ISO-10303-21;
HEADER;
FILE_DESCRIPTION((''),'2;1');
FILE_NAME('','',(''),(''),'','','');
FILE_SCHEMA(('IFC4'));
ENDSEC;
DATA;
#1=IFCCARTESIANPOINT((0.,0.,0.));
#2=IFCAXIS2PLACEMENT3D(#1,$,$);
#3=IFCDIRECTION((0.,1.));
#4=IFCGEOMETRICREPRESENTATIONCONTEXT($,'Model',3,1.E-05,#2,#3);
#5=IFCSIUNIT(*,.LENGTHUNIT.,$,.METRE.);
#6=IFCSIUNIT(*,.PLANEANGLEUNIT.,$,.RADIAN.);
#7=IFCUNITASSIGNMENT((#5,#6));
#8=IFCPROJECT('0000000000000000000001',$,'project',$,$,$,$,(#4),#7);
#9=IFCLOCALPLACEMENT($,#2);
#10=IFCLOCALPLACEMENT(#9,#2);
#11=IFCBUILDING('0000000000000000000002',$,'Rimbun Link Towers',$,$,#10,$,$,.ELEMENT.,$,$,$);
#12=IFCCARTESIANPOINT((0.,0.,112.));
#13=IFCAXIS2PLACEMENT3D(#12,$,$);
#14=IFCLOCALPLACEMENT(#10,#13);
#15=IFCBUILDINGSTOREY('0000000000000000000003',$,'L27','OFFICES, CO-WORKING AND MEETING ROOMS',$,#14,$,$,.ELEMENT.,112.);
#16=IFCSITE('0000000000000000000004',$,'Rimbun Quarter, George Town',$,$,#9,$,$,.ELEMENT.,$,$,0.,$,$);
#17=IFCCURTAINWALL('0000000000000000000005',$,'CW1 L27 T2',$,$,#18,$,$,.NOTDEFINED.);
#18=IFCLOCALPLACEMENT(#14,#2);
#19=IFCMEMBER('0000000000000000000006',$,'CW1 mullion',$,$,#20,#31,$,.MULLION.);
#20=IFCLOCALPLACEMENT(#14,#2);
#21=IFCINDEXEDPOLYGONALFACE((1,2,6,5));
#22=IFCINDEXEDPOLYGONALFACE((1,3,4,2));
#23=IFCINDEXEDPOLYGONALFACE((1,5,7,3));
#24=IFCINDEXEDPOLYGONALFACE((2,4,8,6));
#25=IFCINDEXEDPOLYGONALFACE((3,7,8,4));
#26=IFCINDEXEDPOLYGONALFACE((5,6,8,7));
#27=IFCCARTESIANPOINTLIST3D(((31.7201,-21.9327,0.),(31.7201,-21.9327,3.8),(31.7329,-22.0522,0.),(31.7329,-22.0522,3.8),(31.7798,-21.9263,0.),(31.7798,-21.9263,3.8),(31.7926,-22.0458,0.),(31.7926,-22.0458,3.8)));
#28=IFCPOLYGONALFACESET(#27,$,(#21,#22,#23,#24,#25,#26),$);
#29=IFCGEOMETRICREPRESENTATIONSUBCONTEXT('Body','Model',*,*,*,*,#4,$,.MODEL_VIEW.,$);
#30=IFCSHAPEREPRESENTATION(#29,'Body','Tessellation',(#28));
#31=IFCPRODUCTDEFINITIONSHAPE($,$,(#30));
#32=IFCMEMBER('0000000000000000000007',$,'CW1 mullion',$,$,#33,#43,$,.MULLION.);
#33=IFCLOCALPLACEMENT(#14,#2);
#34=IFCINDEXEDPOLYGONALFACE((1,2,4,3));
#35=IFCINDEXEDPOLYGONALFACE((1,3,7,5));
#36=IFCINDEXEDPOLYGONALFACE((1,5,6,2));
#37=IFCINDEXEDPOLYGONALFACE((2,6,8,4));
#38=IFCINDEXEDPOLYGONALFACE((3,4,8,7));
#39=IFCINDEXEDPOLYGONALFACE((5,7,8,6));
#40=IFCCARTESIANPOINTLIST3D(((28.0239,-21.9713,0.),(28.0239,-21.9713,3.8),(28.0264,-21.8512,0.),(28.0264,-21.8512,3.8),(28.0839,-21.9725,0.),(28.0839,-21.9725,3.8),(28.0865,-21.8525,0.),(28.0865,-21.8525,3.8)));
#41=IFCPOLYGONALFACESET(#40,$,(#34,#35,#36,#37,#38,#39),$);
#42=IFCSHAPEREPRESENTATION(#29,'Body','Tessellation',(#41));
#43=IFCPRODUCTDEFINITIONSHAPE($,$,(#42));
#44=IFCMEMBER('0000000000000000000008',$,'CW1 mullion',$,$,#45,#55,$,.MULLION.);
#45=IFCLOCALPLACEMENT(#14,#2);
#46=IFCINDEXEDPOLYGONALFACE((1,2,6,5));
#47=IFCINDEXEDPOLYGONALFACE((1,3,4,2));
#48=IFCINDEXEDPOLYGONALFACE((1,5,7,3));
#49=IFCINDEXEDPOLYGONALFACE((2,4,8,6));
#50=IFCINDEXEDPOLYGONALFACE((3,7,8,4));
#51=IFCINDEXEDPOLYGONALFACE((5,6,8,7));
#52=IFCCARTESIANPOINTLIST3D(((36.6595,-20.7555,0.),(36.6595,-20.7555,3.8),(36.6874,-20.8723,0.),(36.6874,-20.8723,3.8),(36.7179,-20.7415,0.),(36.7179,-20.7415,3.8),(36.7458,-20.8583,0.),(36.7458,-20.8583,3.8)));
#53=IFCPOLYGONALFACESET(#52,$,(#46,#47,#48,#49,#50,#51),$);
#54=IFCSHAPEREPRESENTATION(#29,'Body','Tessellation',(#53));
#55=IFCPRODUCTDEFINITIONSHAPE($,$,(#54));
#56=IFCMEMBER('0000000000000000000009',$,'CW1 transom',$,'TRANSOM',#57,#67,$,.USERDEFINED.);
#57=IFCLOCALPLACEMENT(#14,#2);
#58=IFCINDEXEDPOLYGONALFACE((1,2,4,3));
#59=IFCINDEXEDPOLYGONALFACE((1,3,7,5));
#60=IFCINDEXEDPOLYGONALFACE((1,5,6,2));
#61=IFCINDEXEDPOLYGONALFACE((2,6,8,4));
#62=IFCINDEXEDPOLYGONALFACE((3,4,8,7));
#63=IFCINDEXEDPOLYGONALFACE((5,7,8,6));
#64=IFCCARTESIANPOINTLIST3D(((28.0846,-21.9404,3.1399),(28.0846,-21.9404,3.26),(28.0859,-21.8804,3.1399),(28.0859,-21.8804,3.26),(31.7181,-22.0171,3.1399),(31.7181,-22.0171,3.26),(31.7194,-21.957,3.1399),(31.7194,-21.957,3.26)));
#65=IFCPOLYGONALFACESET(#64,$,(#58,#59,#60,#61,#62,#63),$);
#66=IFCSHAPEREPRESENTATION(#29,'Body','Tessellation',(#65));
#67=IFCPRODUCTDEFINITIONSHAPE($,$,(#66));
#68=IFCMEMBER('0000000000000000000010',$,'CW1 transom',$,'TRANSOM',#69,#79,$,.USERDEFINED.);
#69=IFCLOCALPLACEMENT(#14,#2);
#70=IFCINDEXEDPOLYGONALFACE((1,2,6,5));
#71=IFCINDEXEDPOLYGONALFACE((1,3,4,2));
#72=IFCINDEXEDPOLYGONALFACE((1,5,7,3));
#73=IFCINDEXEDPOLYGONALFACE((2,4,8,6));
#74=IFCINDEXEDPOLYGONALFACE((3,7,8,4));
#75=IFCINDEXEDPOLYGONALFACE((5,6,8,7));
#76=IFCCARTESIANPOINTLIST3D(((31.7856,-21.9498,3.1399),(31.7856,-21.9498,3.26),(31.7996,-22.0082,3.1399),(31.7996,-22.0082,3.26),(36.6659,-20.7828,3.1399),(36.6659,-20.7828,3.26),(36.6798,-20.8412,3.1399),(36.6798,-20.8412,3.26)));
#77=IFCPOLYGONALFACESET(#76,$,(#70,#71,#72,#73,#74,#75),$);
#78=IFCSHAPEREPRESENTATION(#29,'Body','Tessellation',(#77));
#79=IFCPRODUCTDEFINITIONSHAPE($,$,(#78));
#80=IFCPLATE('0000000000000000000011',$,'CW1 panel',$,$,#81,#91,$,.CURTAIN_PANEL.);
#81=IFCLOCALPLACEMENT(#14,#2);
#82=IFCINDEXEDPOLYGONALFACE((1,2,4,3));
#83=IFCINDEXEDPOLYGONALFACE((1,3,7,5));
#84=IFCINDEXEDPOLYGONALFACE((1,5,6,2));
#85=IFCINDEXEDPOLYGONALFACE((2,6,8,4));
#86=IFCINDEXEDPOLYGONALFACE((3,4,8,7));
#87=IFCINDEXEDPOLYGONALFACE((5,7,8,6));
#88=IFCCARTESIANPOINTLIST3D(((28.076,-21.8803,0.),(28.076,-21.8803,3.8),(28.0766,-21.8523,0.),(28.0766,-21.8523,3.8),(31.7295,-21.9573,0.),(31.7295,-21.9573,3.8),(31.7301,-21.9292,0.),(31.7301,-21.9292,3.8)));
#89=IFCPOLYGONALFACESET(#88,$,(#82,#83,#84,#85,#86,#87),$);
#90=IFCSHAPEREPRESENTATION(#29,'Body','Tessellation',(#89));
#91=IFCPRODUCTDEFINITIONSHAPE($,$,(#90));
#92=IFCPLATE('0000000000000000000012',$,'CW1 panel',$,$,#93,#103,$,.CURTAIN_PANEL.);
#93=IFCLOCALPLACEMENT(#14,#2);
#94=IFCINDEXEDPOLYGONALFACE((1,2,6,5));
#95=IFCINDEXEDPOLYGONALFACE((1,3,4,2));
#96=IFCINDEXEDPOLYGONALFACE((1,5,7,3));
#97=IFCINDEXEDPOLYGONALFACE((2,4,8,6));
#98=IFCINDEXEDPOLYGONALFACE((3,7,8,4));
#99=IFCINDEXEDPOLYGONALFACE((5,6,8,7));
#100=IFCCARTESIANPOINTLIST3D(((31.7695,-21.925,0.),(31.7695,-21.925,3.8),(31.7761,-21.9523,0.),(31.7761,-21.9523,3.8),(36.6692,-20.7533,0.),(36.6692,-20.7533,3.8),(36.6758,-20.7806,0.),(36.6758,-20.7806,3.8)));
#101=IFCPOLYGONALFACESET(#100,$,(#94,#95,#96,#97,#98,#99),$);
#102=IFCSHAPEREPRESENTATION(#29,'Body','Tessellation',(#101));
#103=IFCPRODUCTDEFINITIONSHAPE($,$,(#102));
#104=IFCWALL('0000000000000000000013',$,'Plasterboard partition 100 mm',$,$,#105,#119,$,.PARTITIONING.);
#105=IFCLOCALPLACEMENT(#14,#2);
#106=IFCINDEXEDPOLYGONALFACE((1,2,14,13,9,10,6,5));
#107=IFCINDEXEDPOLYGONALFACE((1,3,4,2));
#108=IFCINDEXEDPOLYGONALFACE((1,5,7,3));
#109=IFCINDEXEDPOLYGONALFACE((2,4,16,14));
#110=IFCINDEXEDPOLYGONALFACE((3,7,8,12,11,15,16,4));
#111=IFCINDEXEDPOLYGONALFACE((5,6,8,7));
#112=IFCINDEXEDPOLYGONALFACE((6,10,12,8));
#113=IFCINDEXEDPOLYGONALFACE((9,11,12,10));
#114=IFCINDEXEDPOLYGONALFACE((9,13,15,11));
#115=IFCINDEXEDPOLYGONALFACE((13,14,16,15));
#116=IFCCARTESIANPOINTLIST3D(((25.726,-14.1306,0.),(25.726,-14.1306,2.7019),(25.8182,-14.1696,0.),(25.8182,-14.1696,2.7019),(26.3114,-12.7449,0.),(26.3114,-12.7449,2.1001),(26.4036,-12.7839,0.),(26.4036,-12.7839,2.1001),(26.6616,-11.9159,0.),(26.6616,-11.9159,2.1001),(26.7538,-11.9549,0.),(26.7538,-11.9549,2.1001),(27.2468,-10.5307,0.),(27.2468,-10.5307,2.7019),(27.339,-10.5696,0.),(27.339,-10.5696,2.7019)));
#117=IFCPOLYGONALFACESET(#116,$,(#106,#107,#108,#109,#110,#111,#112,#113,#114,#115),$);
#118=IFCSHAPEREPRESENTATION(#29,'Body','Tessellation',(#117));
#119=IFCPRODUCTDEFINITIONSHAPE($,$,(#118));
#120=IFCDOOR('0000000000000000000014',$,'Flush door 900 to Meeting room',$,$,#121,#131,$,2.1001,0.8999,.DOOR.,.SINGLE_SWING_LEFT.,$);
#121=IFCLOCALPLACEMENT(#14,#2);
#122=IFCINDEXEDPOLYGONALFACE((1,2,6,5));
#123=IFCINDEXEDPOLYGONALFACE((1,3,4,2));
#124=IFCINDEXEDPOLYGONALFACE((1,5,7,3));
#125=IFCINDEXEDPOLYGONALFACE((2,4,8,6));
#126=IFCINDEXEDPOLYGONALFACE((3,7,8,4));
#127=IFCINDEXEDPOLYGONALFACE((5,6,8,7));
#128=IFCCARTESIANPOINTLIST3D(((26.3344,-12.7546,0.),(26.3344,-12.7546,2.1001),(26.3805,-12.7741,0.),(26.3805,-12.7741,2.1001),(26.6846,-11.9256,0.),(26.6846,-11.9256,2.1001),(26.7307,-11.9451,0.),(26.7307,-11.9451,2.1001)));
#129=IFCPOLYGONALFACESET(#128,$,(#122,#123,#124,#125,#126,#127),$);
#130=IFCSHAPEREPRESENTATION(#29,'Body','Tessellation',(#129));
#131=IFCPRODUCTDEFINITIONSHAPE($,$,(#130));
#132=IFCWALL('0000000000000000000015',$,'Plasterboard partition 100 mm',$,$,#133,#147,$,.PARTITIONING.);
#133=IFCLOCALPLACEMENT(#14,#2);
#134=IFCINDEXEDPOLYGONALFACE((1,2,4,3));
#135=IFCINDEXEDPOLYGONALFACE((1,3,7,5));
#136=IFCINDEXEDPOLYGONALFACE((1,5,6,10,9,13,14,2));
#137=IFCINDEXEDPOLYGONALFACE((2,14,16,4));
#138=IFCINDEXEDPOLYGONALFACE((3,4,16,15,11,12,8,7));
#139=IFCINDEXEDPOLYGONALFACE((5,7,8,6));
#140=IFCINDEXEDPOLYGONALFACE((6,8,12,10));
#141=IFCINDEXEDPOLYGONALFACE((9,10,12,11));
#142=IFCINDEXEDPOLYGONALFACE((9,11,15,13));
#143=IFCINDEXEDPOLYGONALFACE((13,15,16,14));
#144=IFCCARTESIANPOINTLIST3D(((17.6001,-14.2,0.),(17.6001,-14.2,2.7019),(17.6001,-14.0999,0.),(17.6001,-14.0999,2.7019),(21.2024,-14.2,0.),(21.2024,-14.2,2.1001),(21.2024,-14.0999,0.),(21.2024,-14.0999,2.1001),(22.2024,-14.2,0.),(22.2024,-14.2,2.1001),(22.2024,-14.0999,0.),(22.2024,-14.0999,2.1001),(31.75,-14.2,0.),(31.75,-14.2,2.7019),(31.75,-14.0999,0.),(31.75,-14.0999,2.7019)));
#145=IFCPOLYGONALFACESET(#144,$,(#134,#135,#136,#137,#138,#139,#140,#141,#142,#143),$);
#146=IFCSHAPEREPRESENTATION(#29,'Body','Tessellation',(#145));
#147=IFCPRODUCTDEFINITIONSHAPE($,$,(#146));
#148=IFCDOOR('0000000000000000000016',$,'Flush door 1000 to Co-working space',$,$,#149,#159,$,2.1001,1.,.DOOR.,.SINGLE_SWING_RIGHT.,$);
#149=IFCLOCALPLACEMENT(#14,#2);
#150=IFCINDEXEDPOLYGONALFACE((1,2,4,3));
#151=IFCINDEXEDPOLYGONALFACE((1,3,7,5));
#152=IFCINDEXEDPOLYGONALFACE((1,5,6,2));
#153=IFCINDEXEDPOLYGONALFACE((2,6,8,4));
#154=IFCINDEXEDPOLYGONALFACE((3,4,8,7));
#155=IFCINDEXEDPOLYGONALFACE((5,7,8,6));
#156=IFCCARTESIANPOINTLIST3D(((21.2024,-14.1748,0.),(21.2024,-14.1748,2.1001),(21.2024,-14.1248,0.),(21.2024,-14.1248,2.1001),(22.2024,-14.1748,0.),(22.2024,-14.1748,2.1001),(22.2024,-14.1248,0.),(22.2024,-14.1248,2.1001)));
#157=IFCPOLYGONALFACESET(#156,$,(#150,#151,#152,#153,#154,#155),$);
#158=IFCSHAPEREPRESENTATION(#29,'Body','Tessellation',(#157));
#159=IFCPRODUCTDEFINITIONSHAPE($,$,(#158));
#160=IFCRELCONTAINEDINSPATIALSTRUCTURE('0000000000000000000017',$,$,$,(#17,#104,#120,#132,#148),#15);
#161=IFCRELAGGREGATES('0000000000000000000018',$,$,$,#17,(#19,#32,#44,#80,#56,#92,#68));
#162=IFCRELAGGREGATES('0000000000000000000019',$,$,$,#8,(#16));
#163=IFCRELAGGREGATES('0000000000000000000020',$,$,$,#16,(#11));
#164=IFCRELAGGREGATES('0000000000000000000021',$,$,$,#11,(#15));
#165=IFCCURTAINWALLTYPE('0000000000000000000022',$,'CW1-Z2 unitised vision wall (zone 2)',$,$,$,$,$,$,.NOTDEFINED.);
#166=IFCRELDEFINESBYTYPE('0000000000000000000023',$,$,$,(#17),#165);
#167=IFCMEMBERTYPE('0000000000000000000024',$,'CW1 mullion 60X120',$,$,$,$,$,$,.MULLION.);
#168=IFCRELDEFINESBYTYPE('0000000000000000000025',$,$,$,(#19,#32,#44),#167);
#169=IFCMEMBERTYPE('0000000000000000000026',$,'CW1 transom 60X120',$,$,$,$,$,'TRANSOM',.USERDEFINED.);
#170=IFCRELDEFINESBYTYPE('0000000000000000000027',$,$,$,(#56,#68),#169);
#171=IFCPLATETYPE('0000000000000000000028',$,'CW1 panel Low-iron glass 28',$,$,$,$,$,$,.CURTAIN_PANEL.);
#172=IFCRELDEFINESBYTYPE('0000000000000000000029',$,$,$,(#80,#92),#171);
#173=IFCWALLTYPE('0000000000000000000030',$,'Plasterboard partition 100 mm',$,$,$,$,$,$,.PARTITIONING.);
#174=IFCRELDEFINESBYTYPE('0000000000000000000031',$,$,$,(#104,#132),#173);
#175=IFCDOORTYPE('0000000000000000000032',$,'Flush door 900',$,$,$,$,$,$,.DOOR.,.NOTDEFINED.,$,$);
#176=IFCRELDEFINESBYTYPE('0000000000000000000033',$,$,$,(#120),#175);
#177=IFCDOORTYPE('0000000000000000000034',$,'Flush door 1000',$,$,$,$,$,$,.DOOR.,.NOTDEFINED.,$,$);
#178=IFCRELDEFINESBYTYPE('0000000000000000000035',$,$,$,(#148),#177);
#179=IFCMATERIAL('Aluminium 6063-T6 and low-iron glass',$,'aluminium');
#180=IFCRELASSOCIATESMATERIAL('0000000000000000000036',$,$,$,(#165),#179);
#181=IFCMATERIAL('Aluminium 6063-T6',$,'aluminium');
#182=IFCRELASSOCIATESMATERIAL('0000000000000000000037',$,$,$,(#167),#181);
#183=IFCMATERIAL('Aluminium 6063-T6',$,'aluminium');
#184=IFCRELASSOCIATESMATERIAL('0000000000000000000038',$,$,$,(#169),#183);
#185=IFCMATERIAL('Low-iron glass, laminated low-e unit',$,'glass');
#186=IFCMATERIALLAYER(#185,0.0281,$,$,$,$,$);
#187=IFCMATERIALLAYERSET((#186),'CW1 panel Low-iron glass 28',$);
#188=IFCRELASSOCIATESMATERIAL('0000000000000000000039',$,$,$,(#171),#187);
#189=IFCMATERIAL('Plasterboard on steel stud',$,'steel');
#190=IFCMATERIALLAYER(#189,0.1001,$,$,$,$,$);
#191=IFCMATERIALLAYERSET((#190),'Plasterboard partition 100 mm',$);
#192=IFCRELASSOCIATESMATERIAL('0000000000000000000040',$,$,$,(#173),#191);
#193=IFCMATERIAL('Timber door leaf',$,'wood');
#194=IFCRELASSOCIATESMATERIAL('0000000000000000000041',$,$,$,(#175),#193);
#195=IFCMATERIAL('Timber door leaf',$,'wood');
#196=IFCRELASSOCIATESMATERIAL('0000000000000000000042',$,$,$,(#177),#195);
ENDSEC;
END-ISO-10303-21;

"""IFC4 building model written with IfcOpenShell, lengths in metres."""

from ifc_helpers import new_model, si_unit, direction, frame, frame_2d, origin, origin_2d, place, context, subcontext, project, spatial, rectangle, extrude, material, layer, layer_set, material_profile, profile_set, type_object, element, fill, aggregate, save


model = new_model("IFC4")

# Units and contexts
model_context = context("Model", 3, precision=1e-05, world=origin(), true_north=direction((0.0, 1.0)))
body_context = subcontext(model_context, "Body", "Model", "MODEL_VIEW")
ifc_project = project(units=[si_unit("LENGTHUNIT", "METRE"), si_unit("PLANEANGLEUNIT", "RADIAN")], contexts=[model_context])

# Site, building, storey
site_placement = place(None, origin())
site = spatial("IfcSite", under=ifc_project, at=site_placement, Name="Rimbun Quarter, George Town", CompositionType="ELEMENT", RefElevation=0.0)
building_placement = place(site_placement, origin())
building = spatial("IfcBuilding", under=site, at=building_placement, Name="Rimbun Link Towers", CompositionType="ELEMENT")
storey_placement = place(building_placement, frame((0.0, 0.0, 112.0)))
storey = spatial("IfcBuildingStorey", under=building, at=storey_placement, Name="L27", Description="OFFICES, CO-WORKING AND MEETING ROOMS", CompositionType="ELEMENT", Elevation=112.0)

# Curtain wall, members, plates
ifc_material_1 = material(Name="Aluminium 6063-T6 and low-iron glass", Category="aluminium")
curtain_wall_type = type_object("IfcCurtainWallType", Name="CW1-Z2 unitised vision wall (zone 2)", PredefinedType="NOTDEFINED", material=ifc_material_1)
curtain_wall_placement = place(storey_placement, origin())
curtain_wall = element("IfcCurtainWall", 1, at=curtain_wall_placement, inside=storey, type_object=curtain_wall_type, Name="CW1 L27 T2", PredefinedType="NOTDEFINED")
ifc_material_2 = material(Name="Aluminium 6063-T6", Category="aluminium")
ifc_material_profile_1 = material_profile(ifc_material_2, rectangle(XDim=0.1201, YDim=0.0601, at=origin_2d()), Name="MULLION 60X120")
ifc_profile_set_1 = profile_set([ifc_material_profile_1], Name="Aluminium 6063-T6")
member_type_1 = type_object("IfcMemberType", Name="CW1 mullion 60X120", PredefinedType="MULLION", material=ifc_profile_set_1)
member_1_placement = place(storey_placement, frame((31.7563, -21.9893, 0.0), z_axis=(0.0, 0.0, 1.0), x_axis=(0.106632, -0.994299, 0.0)))
member_1 = element("IfcMember", 2, at=member_1_placement, type_object=member_type_1, Name="CW1 mullion", PredefinedType="MULLION", context=body_context, shape_type="SweptSolid", body=[
    extrude(rectangle(XDim=0.1201, YDim=0.0601, at=origin_2d()), origin(), (0.0, 0.0, 1.0), 3.8),
])
member_2_placement = place(storey_placement, frame((28.0552, -21.9119, 0.0), z_axis=(0.0, 0.0, 1.0), x_axis=(-0.021063, -0.999778, 0.0)))
member_2 = element("IfcMember", 3, at=member_2_placement, type_object=member_type_1, Name="CW1 mullion", PredefinedType="MULLION", context=body_context, shape_type="SweptSolid", body=[
    extrude(rectangle(XDim=0.1201, YDim=0.0601, at=origin_2d()), origin(), (0.0, 0.0, 1.0), 3.8),
])
member_3_placement = place(storey_placement, frame((36.7026, -20.8069, 0.0), z_axis=(0.0, 0.0, 1.0), x_axis=(0.232586, -0.972576, 0.0)))
member_3 = element("IfcMember", 4, at=member_3_placement, type_object=member_type_1, Name="CW1 mullion", PredefinedType="MULLION", context=body_context, shape_type="SweptSolid", body=[
    extrude(rectangle(XDim=0.1201, YDim=0.0601, at=origin_2d()), origin(), (0.0, 0.0, 1.0), 3.8),
])
ifc_material_3 = material(Name="Aluminium 6063-T6", Category="aluminium")
ifc_material_profile_2 = material_profile(ifc_material_3, rectangle(XDim=0.0601, YDim=0.1201, at=origin_2d()), Name="TRANSOM 60X120")
ifc_profile_set_2 = profile_set([ifc_material_profile_2], Name="Aluminium 6063-T6")
member_type_2 = type_object("IfcMemberType", Name="CW1 transom 60X120", ElementType="TRANSOM", PredefinedType="USERDEFINED", material=ifc_profile_set_2)
member_4_placement = place(storey_placement, frame((31.7188, -21.9871, 3.2), z_axis=(-0.999778, 0.021093, 0.0), x_axis=(-0.021093, -0.999778, 0.0)))
member_4 = element("IfcMember", 5, at=member_4_placement, type_object=member_type_2, Name="CW1 transom", ObjectType="TRANSOM", PredefinedType="USERDEFINED", context=body_context, shape_type="SweptSolid", body=[
    extrude(rectangle(XDim=0.0601, YDim=0.1201, at=origin_2d()), origin(), (0.0, 0.0, 1.0), 3.6343),
])
member_5_placement = place(storey_placement, frame((36.6729, -20.812, 3.2), z_axis=(-0.972579, -0.232574, 0.0), x_axis=(0.232574, -0.972579, 0.0)))
member_5 = element("IfcMember", 6, at=member_5_placement, type_object=member_type_2, Name="CW1 transom", ObjectType="TRANSOM", PredefinedType="USERDEFINED", context=body_context, shape_type="SweptSolid", body=[
    extrude(rectangle(XDim=0.0601, YDim=0.1201, at=origin_2d()), origin(), (0.0, 0.0, 1.0), 5.0178),
])
ifc_material_4 = material(Name="Low-iron glass, laminated low-e unit", Category="glass")
ifc_layer_1 = layer(ifc_material_4, 0.0281)
ifc_layer_set_1 = layer_set([ifc_layer_1], Name="CW1 panel Low-iron glass 28")
plate_type = type_object("IfcPlateType", Name="CW1 panel Low-iron glass 28", PredefinedType="CURTAIN_PANEL", material=ifc_layer_set_1)
plate_1_placement = place(storey_placement, frame((29.9031, -21.9048, 0.0), z_axis=(0.0, 0.0, 1.0), x_axis=(-0.999778, 0.021063, 0.0)))
plate_1 = element("IfcPlate", 7, at=plate_1_placement, type_object=plate_type, Name="CW1 panel", PredefinedType="CURTAIN_PANEL", context=body_context, shape_type="SweptSolid", body=[
    extrude(rectangle(XDim=3.6543, YDim=0.0281, at=origin_2d()), origin(), (0.0, 0.0, 1.0), 3.8),
])
plate_2_placement = place(storey_placement, frame((34.2227, -21.3528, 0.0), z_axis=(0.0, 0.0, 1.0), x_axis=(-0.972576, -0.232586, 0.0)))
plate_2 = element("IfcPlate", 8, at=plate_2_placement, type_object=plate_type, Name="CW1 panel", PredefinedType="CURTAIN_PANEL", context=body_context, shape_type="SweptSolid", body=[
    extrude(rectangle(XDim=5.0378, YDim=0.0281, at=origin_2d()), origin(), (0.0, 0.0, 1.0), 3.8),
])
aggregate(curtain_wall, [member_1, member_2, member_3, plate_1, member_4, plate_2, member_5])

# Walls, openings, doors
ifc_material_5 = material(Name="Plasterboard on steel stud", Category="steel")
ifc_layer_2 = layer(ifc_material_5, 0.1001)
ifc_layer_set_2 = layer_set([ifc_layer_2], Name="Plasterboard partition 100 mm")
wall_type = type_object("IfcWallType", Name="Plasterboard partition 100 mm", PredefinedType="PARTITIONING", material=ifc_layer_set_2)
wall_1_placement = place(storey_placement, frame((27.293, -10.55, 0.0), z_axis=(0.0, 0.0, 1.0), x_axis=(-0.389149, -0.921175, 0.0)))
wall_1 = element("IfcWall", 9, at=wall_1_placement, inside=storey, type_object=wall_type, Name="Plasterboard partition 100 mm", PredefinedType="PARTITIONING", context=body_context, shape_type="SweptSolid", body=[
    extrude(rectangle(XDim=3.908, YDim=0.1001, at=frame_2d((1.9541, 0.0))), origin(), (0.0, 0.0, 1.0), 2.7019),
])
opening_1_placement = place(wall_1_placement, frame((1.5039, 0.0, 0.0)))
opening_1 = element("IfcOpeningElement", 10, at=opening_1_placement, cuts=wall_1, PredefinedType="OPENING", context=body_context, shape_type="SweptSolid", body=[
    extrude(rectangle(XDim=0.8999, YDim=2.1001, at=frame_2d((0.45, 1.05))), frame((0.0, 0.0601, 0.0), z_axis=(0.0, -1.0, 0.0), x_axis=(1.0, 0.0, 0.0)), (0.0, 0.0, 1.0), 0.1201),
])
ifc_material_6 = material(Name="Timber door leaf", Category="wood")
door_type_1 = type_object("IfcDoorType", Name="Flush door 900", OperationType="NOTDEFINED", PredefinedType="DOOR", material=ifc_material_6)
door_1_placement = place(opening_1_placement, origin())
door_1 = element("IfcDoor", 11, at=door_1_placement, inside=storey, type_object=door_type_1, Name="Flush door 900 to Meeting room", OperationType="SINGLE_SWING_LEFT", OverallHeight=2.1001, OverallWidth=0.8999, PredefinedType="DOOR", context=body_context, shape_type="SweptSolid", body=[
    extrude(rectangle(XDim=0.8999, YDim=2.1001, at=frame_2d((0.45, 1.05))), frame((0.0, 0.0249, 0.0), z_axis=(0.0, -1.0, 0.0), x_axis=(1.0, 0.0, 0.0)), (0.0, 0.0, 1.0), 0.05),
])
fill(opening_1, door_1)
wall_2_placement = place(storey_placement, frame((31.75, -14.1499, 0.0), z_axis=(0.0, 0.0, 1.0), x_axis=(-1.0, 0.0, 0.0)))
wall_2 = element("IfcWall", 12, at=wall_2_placement, inside=storey, type_object=wall_type, Name="Plasterboard partition 100 mm", PredefinedType="PARTITIONING", context=body_context, shape_type="SweptSolid", body=[
    extrude(rectangle(XDim=14.1499, YDim=0.1001, at=frame_2d((7.075, 0.0))), origin(), (0.0, 0.0, 1.0), 2.7019),
])
opening_2_placement = place(wall_2_placement, frame((9.5476, 0.0, 0.0)))
opening_2 = element("IfcOpeningElement", 13, at=opening_2_placement, cuts=wall_2, PredefinedType="OPENING", context=body_context, shape_type="SweptSolid", body=[
    extrude(rectangle(XDim=1.0, YDim=2.1001, at=frame_2d((0.5, 1.05))), frame((0.0, 0.0601, 0.0), z_axis=(0.0, -1.0, 0.0), x_axis=(1.0, 0.0, 0.0)), (0.0, 0.0, 1.0), 0.1201),
])
ifc_material_7 = material(Name="Timber door leaf", Category="wood")
door_type_2 = type_object("IfcDoorType", Name="Flush door 1000", OperationType="NOTDEFINED", PredefinedType="DOOR", material=ifc_material_7)
door_2_placement = place(opening_2_placement, origin())
door_2 = element("IfcDoor", 14, at=door_2_placement, inside=storey, type_object=door_type_2, Name="Flush door 1000 to Co-working space", OperationType="SINGLE_SWING_RIGHT", OverallHeight=2.1001, OverallWidth=1.0, PredefinedType="DOOR", context=body_context, shape_type="SweptSolid", body=[
    extrude(rectangle(XDim=1.0, YDim=2.1001, at=frame_2d((0.5, 1.05))), frame((0.0, 0.0249, 0.0), z_axis=(0.0, -1.0, 0.0), x_axis=(1.0, 0.0, 0.0)), (0.0, 0.0, 1.0), 0.05),
])
fill(opening_2, door_2)

save(model, "model.ifc")
